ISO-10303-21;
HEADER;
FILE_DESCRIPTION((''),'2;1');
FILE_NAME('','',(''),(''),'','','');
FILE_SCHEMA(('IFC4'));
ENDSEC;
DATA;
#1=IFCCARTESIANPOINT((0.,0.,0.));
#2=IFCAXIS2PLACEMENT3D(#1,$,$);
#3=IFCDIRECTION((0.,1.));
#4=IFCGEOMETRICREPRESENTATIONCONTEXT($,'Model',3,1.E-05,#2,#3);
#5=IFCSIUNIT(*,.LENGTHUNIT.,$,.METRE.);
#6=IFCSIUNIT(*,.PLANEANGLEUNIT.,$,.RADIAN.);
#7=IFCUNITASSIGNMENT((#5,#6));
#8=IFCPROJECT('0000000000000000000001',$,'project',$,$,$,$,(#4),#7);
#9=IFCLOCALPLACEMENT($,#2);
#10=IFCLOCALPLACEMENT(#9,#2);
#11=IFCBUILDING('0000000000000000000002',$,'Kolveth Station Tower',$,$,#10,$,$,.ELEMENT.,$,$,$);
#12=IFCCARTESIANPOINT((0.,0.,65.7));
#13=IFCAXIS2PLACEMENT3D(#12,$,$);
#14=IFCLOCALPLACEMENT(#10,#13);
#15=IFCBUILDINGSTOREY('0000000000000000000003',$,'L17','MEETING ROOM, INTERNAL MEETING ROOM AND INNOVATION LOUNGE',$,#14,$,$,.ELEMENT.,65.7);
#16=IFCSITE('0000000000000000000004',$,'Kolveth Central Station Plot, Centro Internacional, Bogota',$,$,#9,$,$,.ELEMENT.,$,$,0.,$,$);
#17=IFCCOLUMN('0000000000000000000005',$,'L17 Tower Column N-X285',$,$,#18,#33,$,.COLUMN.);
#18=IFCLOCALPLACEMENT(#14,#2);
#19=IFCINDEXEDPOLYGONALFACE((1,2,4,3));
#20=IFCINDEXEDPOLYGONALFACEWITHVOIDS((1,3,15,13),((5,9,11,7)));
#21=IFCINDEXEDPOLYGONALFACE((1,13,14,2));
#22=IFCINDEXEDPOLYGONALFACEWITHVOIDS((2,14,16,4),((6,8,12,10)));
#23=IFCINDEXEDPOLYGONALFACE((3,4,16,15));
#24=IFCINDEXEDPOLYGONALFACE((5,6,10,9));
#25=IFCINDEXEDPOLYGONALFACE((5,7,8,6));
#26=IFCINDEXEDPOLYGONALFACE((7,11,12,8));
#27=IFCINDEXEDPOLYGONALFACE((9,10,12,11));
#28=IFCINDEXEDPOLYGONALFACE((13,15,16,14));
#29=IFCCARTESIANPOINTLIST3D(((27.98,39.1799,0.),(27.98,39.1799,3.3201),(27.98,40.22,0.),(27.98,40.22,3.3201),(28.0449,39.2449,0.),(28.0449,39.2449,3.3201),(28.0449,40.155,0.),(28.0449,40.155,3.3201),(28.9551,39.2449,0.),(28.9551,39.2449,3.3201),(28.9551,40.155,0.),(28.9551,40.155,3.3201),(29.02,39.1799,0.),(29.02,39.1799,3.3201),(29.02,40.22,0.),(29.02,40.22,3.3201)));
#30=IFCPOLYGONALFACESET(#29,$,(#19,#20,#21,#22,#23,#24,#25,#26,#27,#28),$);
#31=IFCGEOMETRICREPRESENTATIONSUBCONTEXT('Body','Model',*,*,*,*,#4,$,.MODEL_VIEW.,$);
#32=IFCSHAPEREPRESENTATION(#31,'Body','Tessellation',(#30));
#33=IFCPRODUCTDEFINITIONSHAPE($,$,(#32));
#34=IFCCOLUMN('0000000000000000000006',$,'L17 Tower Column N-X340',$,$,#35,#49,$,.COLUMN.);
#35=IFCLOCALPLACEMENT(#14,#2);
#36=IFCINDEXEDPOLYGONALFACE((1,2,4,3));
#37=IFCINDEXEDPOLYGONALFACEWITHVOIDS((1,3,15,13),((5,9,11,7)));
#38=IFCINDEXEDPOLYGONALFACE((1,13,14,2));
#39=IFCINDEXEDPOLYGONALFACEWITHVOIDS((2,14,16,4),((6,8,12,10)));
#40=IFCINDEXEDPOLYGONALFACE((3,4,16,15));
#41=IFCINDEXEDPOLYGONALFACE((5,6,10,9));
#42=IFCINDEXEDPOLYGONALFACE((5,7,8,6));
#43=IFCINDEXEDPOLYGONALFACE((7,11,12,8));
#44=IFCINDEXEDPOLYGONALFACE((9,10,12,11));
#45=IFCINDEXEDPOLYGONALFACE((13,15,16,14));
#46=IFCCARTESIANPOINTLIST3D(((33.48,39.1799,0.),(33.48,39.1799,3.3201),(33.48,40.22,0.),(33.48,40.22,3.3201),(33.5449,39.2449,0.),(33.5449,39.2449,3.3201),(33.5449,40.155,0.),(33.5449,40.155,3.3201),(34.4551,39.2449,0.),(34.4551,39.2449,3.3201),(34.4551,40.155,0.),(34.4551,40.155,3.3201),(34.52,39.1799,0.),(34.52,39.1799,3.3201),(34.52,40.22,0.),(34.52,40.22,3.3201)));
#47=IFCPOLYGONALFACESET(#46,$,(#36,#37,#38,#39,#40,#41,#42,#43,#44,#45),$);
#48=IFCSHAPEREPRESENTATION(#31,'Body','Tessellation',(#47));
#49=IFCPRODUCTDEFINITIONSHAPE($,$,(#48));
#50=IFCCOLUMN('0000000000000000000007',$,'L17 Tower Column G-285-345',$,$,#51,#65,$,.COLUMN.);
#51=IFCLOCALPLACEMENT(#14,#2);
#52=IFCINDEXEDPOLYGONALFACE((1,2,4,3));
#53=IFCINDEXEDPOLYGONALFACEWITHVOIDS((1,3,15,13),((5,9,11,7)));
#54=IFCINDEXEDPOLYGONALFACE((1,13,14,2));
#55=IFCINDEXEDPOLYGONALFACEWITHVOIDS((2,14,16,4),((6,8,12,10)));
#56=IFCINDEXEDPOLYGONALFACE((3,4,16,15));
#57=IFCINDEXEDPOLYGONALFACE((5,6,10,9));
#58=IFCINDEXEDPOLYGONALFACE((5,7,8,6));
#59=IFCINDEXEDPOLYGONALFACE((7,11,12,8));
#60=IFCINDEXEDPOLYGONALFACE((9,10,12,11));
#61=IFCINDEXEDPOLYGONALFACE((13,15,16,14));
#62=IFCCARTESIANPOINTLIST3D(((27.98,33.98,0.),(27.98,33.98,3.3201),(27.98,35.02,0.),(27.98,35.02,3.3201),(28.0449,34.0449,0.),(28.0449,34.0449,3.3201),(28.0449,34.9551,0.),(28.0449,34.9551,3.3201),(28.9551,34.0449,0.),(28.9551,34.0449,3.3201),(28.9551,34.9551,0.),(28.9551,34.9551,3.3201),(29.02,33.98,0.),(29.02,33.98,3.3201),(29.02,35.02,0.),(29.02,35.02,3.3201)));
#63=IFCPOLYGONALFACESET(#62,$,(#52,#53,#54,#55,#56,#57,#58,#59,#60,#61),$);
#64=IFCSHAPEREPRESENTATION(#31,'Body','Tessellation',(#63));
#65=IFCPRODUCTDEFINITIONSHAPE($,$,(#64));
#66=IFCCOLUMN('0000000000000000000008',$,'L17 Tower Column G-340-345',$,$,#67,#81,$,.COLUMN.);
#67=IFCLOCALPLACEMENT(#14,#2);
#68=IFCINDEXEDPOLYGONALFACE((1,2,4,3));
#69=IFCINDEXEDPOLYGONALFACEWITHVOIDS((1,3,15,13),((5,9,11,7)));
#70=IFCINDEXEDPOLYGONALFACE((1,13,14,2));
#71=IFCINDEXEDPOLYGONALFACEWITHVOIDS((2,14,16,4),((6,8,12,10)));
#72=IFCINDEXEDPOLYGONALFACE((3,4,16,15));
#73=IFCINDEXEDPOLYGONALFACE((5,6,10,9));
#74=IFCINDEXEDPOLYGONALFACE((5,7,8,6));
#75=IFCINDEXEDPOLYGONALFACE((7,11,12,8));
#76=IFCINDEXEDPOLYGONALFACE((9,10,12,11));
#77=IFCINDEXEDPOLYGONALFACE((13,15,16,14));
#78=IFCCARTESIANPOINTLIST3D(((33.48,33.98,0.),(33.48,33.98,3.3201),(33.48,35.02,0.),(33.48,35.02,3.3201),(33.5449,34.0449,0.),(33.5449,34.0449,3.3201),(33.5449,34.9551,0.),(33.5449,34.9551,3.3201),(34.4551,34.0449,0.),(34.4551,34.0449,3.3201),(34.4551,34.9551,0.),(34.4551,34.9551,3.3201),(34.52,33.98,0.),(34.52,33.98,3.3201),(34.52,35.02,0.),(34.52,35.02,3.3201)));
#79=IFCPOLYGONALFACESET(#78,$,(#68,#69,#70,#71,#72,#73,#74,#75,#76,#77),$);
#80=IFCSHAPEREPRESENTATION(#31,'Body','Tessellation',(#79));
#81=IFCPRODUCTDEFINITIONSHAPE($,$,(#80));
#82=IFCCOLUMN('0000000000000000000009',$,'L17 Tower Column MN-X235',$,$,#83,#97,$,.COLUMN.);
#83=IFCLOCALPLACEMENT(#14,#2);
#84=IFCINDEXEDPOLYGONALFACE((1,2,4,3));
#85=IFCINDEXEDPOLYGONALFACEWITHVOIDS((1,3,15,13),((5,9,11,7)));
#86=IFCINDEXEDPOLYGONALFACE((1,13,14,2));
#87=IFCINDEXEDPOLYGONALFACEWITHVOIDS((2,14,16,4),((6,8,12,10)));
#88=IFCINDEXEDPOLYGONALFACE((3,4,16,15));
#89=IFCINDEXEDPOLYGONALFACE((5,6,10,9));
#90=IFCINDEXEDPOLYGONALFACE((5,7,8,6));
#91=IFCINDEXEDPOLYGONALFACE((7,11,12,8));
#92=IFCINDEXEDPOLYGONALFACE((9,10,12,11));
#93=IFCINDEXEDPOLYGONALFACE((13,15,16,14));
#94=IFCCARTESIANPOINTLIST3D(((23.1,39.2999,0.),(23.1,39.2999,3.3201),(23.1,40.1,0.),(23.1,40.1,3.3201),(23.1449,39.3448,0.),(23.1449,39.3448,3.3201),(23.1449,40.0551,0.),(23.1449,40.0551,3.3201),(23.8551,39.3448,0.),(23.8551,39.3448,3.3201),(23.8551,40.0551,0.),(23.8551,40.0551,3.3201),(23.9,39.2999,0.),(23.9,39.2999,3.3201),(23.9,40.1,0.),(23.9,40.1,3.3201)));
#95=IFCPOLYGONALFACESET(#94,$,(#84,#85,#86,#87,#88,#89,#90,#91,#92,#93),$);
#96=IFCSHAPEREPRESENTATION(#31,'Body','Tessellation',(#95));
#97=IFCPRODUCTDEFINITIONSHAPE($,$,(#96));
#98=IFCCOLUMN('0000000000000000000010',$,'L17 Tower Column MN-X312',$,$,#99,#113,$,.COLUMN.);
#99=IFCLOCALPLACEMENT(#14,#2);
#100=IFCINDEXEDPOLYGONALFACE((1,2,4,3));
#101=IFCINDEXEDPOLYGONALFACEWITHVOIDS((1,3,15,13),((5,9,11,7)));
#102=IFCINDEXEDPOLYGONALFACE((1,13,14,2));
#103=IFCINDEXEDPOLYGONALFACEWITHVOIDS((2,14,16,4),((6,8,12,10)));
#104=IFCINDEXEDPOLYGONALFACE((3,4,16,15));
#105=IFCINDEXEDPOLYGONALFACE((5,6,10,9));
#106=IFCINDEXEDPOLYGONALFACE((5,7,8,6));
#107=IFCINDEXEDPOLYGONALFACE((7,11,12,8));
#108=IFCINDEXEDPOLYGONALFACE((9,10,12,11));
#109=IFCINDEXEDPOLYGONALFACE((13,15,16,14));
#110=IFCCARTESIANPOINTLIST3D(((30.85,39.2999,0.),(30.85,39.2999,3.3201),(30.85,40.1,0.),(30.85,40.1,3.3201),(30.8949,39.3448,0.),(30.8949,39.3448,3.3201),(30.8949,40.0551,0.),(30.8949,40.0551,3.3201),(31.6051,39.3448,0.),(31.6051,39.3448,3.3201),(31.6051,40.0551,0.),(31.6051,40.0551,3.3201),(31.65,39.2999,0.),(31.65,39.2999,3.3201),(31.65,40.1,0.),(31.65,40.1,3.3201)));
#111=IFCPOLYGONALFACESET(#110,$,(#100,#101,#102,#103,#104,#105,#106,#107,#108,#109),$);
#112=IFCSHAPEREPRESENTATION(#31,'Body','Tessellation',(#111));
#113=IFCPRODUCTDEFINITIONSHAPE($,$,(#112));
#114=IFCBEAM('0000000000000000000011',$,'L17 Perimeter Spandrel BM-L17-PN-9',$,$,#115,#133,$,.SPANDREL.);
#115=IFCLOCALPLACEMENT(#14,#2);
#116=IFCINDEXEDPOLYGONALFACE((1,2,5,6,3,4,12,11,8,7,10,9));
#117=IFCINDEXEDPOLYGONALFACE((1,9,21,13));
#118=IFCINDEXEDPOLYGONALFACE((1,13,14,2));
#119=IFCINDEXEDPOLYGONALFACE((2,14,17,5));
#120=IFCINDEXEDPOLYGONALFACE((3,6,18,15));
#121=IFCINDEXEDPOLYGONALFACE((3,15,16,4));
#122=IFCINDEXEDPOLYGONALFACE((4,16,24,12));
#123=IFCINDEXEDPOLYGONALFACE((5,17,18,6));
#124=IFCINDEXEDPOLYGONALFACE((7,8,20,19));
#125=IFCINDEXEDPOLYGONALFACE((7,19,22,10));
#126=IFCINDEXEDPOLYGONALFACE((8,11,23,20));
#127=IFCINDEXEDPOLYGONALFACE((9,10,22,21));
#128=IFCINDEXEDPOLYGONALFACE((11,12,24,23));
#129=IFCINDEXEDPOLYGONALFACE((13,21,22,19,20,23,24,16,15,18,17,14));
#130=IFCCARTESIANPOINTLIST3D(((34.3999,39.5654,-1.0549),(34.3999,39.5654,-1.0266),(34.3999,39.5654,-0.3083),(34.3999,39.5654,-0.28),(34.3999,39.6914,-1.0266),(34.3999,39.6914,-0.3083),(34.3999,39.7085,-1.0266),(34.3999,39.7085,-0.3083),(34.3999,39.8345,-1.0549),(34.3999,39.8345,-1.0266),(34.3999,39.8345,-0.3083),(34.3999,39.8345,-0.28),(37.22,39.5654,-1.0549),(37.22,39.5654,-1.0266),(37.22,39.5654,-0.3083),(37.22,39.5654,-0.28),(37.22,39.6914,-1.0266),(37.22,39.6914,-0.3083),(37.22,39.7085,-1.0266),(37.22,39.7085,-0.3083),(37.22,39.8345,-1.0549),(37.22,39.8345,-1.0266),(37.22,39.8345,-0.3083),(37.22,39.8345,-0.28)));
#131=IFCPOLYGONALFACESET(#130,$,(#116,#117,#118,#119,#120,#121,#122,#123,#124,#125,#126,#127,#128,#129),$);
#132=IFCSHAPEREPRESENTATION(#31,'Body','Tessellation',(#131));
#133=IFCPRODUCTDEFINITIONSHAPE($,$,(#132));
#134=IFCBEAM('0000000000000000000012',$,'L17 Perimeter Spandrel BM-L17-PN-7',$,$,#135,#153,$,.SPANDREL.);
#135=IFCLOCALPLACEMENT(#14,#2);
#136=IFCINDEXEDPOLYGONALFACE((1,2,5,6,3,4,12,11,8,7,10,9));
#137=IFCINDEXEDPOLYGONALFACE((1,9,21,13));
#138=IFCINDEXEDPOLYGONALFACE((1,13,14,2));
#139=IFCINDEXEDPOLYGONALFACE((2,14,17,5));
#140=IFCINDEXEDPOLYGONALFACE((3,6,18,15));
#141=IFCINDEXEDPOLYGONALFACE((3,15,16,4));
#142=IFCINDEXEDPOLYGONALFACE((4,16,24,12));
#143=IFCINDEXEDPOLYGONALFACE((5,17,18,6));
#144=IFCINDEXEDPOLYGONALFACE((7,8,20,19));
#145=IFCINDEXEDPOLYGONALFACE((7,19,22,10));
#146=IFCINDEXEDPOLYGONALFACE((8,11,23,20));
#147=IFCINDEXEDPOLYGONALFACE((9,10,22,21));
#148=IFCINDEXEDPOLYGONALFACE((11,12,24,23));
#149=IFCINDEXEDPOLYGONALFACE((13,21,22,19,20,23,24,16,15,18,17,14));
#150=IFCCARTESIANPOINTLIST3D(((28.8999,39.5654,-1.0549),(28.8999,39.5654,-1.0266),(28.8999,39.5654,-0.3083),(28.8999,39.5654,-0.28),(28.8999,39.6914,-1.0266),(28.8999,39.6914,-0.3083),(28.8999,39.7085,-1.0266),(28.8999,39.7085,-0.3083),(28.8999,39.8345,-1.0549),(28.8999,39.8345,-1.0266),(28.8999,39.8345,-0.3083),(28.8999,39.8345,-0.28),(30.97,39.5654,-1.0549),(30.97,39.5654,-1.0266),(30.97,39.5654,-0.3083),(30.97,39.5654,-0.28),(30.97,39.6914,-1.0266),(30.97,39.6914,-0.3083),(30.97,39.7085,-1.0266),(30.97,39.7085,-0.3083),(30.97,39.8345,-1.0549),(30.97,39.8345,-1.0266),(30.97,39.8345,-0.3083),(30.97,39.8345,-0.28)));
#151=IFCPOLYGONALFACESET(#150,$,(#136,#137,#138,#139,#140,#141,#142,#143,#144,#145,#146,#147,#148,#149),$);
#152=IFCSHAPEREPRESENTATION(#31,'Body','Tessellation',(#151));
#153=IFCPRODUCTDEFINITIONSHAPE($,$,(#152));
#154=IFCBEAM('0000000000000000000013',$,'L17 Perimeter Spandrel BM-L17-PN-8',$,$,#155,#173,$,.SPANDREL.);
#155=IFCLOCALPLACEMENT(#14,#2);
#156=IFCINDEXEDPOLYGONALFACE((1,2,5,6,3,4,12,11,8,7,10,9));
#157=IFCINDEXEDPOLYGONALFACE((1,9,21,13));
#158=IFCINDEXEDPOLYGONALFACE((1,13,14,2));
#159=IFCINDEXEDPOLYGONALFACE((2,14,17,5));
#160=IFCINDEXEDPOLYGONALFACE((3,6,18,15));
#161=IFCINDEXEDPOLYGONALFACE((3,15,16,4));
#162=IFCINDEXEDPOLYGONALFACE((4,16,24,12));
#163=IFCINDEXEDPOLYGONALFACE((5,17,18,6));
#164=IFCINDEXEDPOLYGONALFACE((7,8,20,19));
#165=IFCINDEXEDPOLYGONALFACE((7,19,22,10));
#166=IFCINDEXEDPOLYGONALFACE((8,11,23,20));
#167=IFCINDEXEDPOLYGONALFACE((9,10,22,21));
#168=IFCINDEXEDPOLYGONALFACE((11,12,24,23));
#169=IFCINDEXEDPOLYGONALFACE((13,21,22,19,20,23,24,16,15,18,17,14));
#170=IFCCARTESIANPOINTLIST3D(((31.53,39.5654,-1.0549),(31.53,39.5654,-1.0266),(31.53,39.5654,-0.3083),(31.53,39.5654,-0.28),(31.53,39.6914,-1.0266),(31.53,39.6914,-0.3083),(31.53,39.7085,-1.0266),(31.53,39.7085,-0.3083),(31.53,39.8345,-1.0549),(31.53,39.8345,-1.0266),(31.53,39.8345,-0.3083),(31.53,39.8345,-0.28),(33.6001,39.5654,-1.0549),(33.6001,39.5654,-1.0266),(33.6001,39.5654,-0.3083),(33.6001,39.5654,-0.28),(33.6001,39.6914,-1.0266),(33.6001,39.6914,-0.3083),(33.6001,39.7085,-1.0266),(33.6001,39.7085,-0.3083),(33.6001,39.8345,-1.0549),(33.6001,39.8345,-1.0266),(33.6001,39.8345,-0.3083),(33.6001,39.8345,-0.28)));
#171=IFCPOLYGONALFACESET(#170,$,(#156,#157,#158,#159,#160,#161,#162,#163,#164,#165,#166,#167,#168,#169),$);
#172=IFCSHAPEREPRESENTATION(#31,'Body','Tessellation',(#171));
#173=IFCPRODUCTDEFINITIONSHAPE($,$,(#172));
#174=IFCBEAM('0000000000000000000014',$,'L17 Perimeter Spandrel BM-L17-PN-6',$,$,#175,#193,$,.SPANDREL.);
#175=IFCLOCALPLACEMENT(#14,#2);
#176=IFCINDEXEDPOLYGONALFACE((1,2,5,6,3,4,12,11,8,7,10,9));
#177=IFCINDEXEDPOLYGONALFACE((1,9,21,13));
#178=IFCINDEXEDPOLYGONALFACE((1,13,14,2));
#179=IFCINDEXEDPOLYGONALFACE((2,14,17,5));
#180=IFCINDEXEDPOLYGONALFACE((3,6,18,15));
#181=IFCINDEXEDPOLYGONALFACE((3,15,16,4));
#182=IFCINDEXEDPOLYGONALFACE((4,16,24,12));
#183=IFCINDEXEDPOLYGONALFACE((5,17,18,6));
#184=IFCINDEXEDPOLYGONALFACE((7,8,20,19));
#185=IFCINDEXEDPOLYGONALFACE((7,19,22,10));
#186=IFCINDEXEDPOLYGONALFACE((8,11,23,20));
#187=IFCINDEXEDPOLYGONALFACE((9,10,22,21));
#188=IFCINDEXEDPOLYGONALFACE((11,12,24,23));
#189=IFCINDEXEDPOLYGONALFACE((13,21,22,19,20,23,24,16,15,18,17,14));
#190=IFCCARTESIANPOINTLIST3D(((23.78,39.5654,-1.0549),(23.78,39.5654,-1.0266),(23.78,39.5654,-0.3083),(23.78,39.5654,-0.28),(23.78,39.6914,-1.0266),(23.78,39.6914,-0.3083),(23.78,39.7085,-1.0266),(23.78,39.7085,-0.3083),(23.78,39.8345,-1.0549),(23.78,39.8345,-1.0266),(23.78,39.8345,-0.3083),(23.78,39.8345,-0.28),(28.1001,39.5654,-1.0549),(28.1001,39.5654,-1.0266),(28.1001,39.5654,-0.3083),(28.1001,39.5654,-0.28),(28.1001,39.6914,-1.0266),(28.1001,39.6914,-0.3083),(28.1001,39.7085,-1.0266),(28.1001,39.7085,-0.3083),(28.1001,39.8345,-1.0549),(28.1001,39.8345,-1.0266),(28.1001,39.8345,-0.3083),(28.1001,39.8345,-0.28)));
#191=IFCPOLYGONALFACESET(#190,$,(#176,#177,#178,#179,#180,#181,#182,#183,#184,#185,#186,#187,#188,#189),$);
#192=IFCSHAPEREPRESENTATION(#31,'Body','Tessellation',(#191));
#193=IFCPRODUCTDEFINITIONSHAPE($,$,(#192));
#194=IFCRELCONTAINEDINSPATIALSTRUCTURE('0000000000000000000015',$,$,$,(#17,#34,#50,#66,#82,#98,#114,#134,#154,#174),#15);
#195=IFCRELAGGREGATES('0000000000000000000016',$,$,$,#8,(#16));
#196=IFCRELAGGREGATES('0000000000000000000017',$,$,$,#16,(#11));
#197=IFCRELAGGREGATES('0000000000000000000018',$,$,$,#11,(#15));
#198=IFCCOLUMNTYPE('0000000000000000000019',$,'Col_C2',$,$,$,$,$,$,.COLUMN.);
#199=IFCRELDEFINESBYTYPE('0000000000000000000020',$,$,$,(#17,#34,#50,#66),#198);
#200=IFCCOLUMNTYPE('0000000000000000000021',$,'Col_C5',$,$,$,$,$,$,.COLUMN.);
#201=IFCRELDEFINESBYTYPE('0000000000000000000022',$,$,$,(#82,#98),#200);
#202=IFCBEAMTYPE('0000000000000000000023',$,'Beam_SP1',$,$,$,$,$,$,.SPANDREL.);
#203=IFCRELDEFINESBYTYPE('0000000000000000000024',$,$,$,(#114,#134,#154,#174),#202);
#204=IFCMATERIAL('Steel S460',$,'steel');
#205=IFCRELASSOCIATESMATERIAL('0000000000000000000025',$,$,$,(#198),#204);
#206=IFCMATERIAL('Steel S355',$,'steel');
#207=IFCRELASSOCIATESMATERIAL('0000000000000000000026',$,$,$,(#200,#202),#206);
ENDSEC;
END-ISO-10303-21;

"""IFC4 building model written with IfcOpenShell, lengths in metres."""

from ifc_helpers import new_model, si_unit, direction, frame, origin, origin_2d, place, context, subcontext, project, spatial, hollow_rectangle, i_section, extrude, source, transform, mapped, material, material_profile, profile_set, type_object, element, save


model = new_model("IFC4")

# Units and contexts
model_context = context("Model", 3, precision=1e-05, world=origin(), true_north=direction((0.0, 1.0)))
body_context = subcontext(model_context, "Body", "Model", "MODEL_VIEW")
ifc_project = project(units=[si_unit("LENGTHUNIT", "METRE"), si_unit("PLANEANGLEUNIT", "RADIAN")], contexts=[model_context])

# Site, building, storey
site_placement = place(None, origin())
site = spatial("IfcSite", under=ifc_project, at=site_placement, Name="Kolveth Central Station Plot, Centro Internacional, Bogota", CompositionType="ELEMENT", RefElevation=0.0)
building_placement = place(site_placement, origin())
building = spatial("IfcBuilding", under=site, at=building_placement, Name="Kolveth Station Tower", CompositionType="ELEMENT")
storey_placement = place(building_placement, frame((0.0, 0.0, 65.7)))
storey = spatial("IfcBuildingStorey", under=building, at=storey_placement, Name="L17", Description="MEETING ROOM, INTERNAL MEETING ROOM AND INNOVATION LOUNGE", CompositionType="ELEMENT", Elevation=65.7)

# Columns
ifc_material_1 = material(Name="Steel S460", Category="steel")
ifc_material_profile_1 = material_profile(ifc_material_1, hollow_rectangle(XDim=1.04, YDim=1.04, WallThickness=0.0649, at=origin_2d()), Name="BOX1040x1040x65")
ifc_profile_set_1 = profile_set([ifc_material_profile_1], Name="Steel S460")
column_type_1 = type_object("IfcColumnType", Name="Col_C2", PredefinedType="COLUMN", material=ifc_profile_set_1)
shared_shape_1 = source(origin(), body_context, "Body", "SweptSolid", [
    extrude(hollow_rectangle(XDim=1.04, YDim=1.04, WallThickness=0.0649, at=origin_2d()), origin(), (0.0, 0.0, 1.0), 3.3201),
])
for number, where, z_axis, x_axis, name in (
    (1, (28.5, 39.7, 0.0), (0.0, 0.0, 1.0), (1.0, 0.0, 0.0), "L17 Tower Column N-X285"),
    (2, (34.0, 39.7, 0.0), (0.0, 0.0, 1.0), (1.0, 0.0, 0.0), "L17 Tower Column N-X340"),
    (3, (28.5, 34.5, 0.0), (0.0, 0.0, 1.0), (1.0, 0.0, 0.0), "L17 Tower Column G-285-345"),
    (4, (34.0, 34.5, 0.0), (0.0, 0.0, 1.0), (1.0, 0.0, 0.0), "L17 Tower Column G-340-345"),
):
    element("IfcColumn", number, at=place(storey_placement, frame(where, z_axis=z_axis, x_axis=x_axis)), inside=storey, type_object=column_type_1, Name=name, PredefinedType="COLUMN", context=body_context, shape_type="MappedRepresentation", body=[
        mapped(shared_shape_1, transform((0.0, 0.0, 0.0), x_axis=(1.0, 0.0, 0.0), y_axis=(0.0, 1.0, 0.0), z_axis=(0.0, 0.0, 1.0), scale=1.0)),
    ])
ifc_material_2 = material(Name="Steel S355", Category="steel")
ifc_material_profile_2 = material_profile(ifc_material_2, hollow_rectangle(XDim=0.8, YDim=0.8, WallThickness=0.0449, at=origin_2d()), Name="BOX800x800x45")
ifc_profile_set_2 = profile_set([ifc_material_profile_2], Name="Steel S355")
column_type_2 = type_object("IfcColumnType", Name="Col_C5", PredefinedType="COLUMN", material=ifc_profile_set_2)
shared_shape_2 = source(origin(), body_context, "Body", "SweptSolid", [
    extrude(hollow_rectangle(XDim=0.8, YDim=0.8, WallThickness=0.0449, at=origin_2d()), origin(), (0.0, 0.0, 1.0), 3.3201),
])
for number, where, z_axis, x_axis, name in (
    (5, (23.5, 39.7, 0.0), (0.0, 0.0, 1.0), (1.0, 0.0, 0.0), "L17 Tower Column MN-X235"),
    (6, (31.25, 39.7, 0.0), (0.0, 0.0, 1.0), (1.0, 0.0, 0.0), "L17 Tower Column MN-X312"),
):
    element("IfcColumn", number, at=place(storey_placement, frame(where, z_axis=z_axis, x_axis=x_axis)), inside=storey, type_object=column_type_2, Name=name, PredefinedType="COLUMN", context=body_context, shape_type="MappedRepresentation", body=[
        mapped(shared_shape_2, transform((0.0, 0.0, 0.0), x_axis=(1.0, 0.0, 0.0), y_axis=(0.0, 1.0, 0.0), z_axis=(0.0, 0.0, 1.0), scale=1.0)),
    ])

# Beams
ifc_material_profile_3 = material_profile(ifc_material_2, i_section(OverallWidth=0.269, OverallDepth=0.7749, WebThickness=0.0171, FlangeThickness=0.0283, at=origin_2d()), Name="W760x220")
ifc_profile_set_3 = profile_set([ifc_material_profile_3], Name="Steel S355")
beam_type_1 = type_object("IfcBeamType", Name="Beam_SP1", PredefinedType="SPANDREL", material=ifc_profile_set_3)
shared_shape_3 = source(origin(), body_context, "Body", "SweptSolid", [
    extrude(i_section(OverallWidth=0.269, OverallDepth=0.7749, WebThickness=0.0171, FlangeThickness=0.0283, at=origin_2d()), origin(), (0.0, 0.0, 1.0), 2.8201),
])
beam_1_placement = place(storey_placement, frame((34.3999, 39.7, -0.6675), z_axis=(1.0, 0.0, 0.0), x_axis=(0.0, 1.0, 0.0)))
element("IfcBeam", 7, at=beam_1_placement, inside=storey, type_object=beam_type_1, Name="L17 Perimeter Spandrel BM-L17-PN-9", PredefinedType="SPANDREL", context=body_context, shape_type="MappedRepresentation", body=[
    mapped(shared_shape_3, transform((0.0, 0.0, 0.0), x_axis=(1.0, 0.0, 0.0), y_axis=(0.0, 1.0, 0.0), z_axis=(0.0, 0.0, 1.0), scale=1.0)),
])
shared_shape_4 = source(origin(), body_context, "Body", "SweptSolid", [
    extrude(i_section(OverallWidth=0.269, OverallDepth=0.7749, WebThickness=0.0171, FlangeThickness=0.0283, at=origin_2d()), origin(), (0.0, 0.0, 1.0), 2.0701),
])
for number, where, z_axis, x_axis, name in (
    (8, (28.8999, 39.7, -0.6675), (1.0, 0.0, 0.0), (0.0, 1.0, 0.0), "L17 Perimeter Spandrel BM-L17-PN-7"),
    (9, (31.53, 39.7, -0.6675), (1.0, 0.0, 0.0), (0.0, 1.0, 0.0), "L17 Perimeter Spandrel BM-L17-PN-8"),
):
    element("IfcBeam", number, at=place(storey_placement, frame(where, z_axis=z_axis, x_axis=x_axis)), inside=storey, type_object=beam_type_1, Name=name, PredefinedType="SPANDREL", context=body_context, shape_type="MappedRepresentation", body=[
        mapped(shared_shape_4, transform((0.0, 0.0, 0.0), x_axis=(1.0, 0.0, 0.0), y_axis=(0.0, 1.0, 0.0), z_axis=(0.0, 0.0, 1.0), scale=1.0)),
    ])
shared_shape_5 = source(origin(), body_context, "Body", "SweptSolid", [
    extrude(i_section(OverallWidth=0.269, OverallDepth=0.7749, WebThickness=0.0171, FlangeThickness=0.0283, at=origin_2d()), origin(), (0.0, 0.0, 1.0), 4.3201),
])
beam_2_placement = place(storey_placement, frame((23.78, 39.7, -0.6675), z_axis=(1.0, 0.0, 0.0), x_axis=(0.0, 1.0, 0.0)))
element("IfcBeam", 10, at=beam_2_placement, inside=storey, type_object=beam_type_1, Name="L17 Perimeter Spandrel BM-L17-PN-6", PredefinedType="SPANDREL", context=body_context, shape_type="MappedRepresentation", body=[
    mapped(shared_shape_5, transform((0.0, 0.0, 0.0), x_axis=(1.0, 0.0, 0.0), y_axis=(0.0, 1.0, 0.0), z_axis=(0.0, 0.0, 1.0), scale=1.0)),
])

save(model, "model.ifc")
